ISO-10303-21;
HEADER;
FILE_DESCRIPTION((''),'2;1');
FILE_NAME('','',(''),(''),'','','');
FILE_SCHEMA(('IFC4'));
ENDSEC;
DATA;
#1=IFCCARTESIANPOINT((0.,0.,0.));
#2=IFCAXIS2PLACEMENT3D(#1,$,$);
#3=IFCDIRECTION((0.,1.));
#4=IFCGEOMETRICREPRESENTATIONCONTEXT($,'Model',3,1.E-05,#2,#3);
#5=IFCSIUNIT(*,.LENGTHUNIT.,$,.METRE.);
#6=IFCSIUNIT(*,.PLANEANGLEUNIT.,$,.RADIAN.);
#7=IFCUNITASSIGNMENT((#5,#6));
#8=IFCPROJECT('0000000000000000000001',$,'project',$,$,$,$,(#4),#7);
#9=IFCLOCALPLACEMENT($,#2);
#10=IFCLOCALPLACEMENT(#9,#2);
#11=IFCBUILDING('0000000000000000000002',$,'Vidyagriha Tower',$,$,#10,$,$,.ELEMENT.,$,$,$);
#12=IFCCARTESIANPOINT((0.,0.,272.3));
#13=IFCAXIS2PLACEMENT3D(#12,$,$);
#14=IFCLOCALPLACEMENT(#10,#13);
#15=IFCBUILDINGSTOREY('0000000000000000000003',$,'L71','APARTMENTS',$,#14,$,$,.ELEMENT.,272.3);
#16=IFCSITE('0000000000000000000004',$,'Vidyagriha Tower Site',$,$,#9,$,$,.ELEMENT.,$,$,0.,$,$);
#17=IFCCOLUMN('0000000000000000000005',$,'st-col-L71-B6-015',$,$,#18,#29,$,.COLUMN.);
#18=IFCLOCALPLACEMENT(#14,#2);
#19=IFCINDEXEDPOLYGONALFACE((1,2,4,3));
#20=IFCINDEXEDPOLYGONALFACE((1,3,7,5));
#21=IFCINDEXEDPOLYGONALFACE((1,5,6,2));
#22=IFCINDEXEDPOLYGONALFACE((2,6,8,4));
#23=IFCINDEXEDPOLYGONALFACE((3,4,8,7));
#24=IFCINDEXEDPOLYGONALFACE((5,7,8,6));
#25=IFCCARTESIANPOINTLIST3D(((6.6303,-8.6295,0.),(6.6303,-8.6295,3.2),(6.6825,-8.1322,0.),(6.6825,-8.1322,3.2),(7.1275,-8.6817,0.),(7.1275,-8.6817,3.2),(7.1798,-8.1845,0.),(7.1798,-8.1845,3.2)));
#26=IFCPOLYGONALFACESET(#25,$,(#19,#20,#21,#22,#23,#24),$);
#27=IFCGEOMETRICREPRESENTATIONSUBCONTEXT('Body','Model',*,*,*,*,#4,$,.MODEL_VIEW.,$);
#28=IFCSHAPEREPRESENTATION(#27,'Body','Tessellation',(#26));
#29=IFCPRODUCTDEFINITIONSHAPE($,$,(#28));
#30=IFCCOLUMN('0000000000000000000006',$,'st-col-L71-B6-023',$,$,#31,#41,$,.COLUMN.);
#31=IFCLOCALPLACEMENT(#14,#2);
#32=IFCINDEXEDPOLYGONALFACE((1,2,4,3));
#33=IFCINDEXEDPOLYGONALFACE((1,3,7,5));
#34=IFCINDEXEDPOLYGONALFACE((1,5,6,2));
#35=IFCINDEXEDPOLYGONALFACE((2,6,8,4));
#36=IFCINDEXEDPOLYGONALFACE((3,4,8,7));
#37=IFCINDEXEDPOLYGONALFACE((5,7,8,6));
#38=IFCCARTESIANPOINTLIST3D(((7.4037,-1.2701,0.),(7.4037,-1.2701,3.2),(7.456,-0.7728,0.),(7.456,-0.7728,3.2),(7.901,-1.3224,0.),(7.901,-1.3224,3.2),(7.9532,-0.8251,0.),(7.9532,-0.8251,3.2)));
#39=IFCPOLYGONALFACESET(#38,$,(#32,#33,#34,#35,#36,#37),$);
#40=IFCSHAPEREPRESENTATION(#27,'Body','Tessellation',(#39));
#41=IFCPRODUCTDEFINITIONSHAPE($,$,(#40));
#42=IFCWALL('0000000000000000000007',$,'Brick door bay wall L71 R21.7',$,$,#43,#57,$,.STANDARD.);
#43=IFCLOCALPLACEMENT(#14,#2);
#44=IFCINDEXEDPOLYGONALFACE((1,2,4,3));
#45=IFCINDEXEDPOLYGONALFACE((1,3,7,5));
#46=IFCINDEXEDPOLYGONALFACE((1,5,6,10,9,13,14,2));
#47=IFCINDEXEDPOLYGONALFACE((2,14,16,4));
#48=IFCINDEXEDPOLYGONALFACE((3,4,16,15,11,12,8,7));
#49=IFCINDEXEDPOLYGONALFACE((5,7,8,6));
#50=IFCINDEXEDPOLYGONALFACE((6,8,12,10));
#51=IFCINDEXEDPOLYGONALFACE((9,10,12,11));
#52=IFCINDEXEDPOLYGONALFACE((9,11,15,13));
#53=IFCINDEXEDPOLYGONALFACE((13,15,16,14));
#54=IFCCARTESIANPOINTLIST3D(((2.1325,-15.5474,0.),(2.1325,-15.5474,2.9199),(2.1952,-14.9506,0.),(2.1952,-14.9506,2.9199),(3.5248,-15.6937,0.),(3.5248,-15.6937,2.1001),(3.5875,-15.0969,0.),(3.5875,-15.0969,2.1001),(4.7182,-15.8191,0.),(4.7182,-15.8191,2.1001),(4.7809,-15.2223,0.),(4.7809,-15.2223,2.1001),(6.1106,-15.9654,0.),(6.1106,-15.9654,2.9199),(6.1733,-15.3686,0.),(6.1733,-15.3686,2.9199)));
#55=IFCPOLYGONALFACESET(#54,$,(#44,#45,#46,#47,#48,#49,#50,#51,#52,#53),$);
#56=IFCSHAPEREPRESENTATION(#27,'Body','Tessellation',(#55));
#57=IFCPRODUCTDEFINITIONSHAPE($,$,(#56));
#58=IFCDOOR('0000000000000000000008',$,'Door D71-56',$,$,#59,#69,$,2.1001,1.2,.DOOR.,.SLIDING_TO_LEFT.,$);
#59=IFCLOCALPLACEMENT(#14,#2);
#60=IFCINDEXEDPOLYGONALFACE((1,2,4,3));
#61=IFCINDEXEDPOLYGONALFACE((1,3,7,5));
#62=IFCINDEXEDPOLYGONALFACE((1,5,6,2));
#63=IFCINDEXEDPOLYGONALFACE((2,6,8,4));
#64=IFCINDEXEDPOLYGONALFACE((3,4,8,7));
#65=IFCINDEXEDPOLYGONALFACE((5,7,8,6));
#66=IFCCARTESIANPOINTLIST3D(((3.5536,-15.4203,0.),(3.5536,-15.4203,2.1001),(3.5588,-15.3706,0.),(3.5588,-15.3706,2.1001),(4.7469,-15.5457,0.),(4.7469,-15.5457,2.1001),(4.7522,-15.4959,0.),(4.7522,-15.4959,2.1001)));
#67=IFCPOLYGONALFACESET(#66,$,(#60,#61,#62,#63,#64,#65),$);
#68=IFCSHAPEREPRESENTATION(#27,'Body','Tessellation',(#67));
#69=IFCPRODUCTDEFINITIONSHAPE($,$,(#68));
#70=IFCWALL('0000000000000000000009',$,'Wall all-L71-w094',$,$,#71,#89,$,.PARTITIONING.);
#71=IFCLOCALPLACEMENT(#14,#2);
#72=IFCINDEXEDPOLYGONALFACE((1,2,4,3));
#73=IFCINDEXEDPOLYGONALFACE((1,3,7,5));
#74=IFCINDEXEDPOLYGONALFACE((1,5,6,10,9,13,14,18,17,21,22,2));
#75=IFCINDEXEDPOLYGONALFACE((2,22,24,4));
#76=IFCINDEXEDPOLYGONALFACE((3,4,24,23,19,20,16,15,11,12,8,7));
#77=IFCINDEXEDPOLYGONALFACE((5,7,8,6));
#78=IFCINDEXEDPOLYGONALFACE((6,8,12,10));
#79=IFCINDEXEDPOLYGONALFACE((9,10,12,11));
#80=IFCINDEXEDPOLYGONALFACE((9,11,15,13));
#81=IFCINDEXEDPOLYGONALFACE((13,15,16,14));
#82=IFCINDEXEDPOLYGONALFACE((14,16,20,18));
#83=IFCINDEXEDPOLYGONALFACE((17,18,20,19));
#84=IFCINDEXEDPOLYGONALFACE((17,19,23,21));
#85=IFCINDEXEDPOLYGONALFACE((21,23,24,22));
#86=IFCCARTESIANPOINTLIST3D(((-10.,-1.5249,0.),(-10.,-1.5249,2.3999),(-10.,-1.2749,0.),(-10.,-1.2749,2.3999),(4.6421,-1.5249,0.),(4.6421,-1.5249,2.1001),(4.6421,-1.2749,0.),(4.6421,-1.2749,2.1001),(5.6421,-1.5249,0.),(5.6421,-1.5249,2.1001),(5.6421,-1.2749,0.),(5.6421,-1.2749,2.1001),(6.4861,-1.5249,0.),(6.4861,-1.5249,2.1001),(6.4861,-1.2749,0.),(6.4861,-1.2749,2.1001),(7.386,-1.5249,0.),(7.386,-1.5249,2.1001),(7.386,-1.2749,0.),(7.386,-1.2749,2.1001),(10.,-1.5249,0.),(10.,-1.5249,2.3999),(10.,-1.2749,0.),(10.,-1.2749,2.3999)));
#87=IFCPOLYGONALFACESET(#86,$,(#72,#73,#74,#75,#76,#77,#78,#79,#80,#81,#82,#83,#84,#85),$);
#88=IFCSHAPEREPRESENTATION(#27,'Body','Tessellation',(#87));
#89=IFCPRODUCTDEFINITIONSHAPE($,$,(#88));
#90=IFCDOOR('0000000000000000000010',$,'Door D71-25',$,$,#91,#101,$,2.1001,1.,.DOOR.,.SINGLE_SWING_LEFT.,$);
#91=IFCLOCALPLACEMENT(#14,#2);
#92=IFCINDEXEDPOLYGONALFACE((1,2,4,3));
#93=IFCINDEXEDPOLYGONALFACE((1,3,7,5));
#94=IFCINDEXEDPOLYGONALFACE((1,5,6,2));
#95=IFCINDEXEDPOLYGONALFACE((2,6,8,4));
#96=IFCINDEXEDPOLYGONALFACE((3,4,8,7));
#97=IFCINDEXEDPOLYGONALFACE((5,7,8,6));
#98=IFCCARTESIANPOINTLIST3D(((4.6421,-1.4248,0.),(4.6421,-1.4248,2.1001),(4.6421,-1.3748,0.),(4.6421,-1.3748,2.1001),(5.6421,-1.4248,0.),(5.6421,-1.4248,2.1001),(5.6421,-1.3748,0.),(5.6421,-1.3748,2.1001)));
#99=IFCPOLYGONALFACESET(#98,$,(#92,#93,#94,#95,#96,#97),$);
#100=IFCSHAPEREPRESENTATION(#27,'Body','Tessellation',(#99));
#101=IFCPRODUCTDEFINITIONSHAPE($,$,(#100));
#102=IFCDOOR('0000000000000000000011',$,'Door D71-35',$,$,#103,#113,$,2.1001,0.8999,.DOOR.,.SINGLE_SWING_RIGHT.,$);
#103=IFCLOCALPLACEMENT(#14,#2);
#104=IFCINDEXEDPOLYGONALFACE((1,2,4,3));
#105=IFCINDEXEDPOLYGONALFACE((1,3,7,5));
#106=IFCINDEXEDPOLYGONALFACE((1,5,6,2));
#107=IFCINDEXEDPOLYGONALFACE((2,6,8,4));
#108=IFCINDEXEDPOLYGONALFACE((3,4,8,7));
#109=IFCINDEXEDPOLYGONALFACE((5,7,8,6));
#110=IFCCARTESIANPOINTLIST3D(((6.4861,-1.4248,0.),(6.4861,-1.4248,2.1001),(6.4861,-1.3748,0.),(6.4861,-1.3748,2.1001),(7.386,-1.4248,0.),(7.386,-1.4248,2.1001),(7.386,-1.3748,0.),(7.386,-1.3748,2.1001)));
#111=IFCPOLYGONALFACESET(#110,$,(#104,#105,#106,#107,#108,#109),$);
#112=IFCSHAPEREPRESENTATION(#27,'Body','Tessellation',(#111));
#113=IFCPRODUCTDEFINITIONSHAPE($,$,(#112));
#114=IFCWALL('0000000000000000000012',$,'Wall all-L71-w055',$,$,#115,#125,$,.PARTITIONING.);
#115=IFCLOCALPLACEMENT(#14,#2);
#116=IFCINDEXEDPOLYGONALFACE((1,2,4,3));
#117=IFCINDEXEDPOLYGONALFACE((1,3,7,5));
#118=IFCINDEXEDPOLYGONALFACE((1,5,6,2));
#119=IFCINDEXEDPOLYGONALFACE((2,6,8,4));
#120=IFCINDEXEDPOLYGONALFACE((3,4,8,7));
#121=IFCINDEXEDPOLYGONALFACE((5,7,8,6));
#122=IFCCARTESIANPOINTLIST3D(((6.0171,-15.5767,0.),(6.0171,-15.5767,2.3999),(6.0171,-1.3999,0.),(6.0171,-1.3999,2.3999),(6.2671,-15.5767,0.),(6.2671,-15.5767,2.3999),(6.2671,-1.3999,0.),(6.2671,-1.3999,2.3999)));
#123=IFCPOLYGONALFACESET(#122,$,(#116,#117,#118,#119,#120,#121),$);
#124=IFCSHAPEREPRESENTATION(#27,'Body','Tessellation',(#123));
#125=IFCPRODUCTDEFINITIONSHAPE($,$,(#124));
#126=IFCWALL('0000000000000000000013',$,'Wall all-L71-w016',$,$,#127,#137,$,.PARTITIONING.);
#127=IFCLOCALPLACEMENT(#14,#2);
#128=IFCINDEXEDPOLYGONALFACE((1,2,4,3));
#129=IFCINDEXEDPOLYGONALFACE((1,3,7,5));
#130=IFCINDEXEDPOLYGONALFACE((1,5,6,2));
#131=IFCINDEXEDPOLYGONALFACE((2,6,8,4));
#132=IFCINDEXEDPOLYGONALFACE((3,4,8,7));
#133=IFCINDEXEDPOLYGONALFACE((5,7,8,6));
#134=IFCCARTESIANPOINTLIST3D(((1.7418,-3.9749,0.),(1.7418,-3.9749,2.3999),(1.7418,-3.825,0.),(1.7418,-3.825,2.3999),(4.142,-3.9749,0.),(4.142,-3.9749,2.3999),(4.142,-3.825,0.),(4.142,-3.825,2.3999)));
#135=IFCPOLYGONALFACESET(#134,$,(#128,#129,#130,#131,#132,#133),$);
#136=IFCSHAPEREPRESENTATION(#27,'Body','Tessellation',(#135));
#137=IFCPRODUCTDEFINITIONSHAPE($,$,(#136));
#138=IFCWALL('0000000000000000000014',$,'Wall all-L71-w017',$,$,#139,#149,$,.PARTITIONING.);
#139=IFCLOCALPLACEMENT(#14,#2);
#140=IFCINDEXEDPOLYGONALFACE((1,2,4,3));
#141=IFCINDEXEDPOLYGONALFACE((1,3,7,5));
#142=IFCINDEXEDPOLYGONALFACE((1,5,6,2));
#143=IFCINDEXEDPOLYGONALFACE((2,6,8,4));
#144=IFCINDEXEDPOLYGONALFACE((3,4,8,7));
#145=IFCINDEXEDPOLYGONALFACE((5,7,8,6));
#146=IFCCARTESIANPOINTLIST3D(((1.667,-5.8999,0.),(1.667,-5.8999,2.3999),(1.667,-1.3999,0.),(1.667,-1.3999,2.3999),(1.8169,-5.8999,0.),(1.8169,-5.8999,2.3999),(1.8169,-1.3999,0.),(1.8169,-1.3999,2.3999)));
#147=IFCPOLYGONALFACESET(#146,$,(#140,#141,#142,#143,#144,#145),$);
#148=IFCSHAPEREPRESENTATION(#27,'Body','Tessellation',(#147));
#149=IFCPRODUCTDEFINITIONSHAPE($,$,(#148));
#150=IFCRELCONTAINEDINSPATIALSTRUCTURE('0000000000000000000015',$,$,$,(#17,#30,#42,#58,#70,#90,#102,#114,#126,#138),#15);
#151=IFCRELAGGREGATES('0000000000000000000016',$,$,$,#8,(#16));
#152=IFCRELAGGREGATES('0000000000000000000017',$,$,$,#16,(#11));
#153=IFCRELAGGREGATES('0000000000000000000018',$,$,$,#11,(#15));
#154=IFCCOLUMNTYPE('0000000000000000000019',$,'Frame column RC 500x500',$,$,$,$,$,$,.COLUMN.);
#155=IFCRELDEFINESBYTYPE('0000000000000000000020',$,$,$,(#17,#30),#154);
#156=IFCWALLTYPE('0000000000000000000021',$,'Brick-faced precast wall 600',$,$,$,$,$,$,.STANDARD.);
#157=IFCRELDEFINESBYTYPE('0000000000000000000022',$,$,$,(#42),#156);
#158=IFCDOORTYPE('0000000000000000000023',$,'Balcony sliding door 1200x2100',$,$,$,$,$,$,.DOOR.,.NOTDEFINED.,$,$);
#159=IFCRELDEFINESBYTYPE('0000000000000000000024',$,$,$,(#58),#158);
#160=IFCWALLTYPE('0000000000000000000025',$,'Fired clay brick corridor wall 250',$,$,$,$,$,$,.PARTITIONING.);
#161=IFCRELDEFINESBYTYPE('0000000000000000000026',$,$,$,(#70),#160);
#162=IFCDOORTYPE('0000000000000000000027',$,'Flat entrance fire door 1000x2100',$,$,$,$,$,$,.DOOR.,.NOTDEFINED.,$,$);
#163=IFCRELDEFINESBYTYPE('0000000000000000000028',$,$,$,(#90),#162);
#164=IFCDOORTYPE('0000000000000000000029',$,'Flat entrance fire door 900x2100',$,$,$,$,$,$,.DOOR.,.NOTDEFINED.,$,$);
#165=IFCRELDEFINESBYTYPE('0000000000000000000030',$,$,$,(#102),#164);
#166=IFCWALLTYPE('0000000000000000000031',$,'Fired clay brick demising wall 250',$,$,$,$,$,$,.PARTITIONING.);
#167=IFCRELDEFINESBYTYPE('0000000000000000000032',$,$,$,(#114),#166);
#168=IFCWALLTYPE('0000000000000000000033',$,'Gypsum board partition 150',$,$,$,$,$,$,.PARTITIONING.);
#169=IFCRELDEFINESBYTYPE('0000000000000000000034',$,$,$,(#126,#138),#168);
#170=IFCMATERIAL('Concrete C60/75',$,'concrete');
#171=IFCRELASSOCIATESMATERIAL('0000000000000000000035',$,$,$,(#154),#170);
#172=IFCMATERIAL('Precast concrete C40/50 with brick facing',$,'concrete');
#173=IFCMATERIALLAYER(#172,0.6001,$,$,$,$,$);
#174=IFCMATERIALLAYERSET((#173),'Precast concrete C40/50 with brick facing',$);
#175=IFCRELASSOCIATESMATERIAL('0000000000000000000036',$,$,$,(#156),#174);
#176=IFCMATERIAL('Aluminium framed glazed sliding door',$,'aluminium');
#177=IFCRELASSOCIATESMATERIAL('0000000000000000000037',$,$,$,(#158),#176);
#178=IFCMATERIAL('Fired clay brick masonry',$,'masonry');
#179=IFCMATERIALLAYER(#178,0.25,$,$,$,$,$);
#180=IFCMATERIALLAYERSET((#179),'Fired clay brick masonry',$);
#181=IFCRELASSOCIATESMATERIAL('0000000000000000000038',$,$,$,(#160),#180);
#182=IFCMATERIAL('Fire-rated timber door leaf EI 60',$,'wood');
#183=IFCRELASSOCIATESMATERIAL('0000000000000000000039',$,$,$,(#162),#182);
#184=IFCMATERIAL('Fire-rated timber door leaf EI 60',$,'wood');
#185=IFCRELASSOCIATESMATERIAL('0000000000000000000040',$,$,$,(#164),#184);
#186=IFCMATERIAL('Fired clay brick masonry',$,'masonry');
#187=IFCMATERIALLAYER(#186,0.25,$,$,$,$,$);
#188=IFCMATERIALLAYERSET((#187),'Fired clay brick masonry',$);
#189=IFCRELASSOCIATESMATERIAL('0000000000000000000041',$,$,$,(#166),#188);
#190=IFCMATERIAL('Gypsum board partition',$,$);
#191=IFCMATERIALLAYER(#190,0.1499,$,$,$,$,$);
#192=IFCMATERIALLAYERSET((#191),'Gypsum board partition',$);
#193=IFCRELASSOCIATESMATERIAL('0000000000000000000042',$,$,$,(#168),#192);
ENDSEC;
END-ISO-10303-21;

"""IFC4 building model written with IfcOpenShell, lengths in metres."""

from ifc_helpers import new_model, si_unit, direction, frame, frame_2d, origin, origin_2d, place, context, subcontext, project, spatial, rectangle, extrude, material, layer, layer_set, material_profile, profile_set, type_object, element, fill, save


model = new_model("IFC4")

# Units and contexts
model_context = context("Model", 3, precision=1e-05, world=origin(), true_north=direction((0.0, 1.0)))
body_context = subcontext(model_context, "Body", "Model", "MODEL_VIEW")
ifc_project = project(units=[si_unit("LENGTHUNIT", "METRE"), si_unit("PLANEANGLEUNIT", "RADIAN")], contexts=[model_context])

# Site, building, storey
site_placement = place(None, origin())
site = spatial("IfcSite", under=ifc_project, at=site_placement, Name="Vidyagriha Tower Site", CompositionType="ELEMENT", RefElevation=0.0)
building_placement = place(site_placement, origin())
building = spatial("IfcBuilding", under=site, at=building_placement, Name="Vidyagriha Tower", CompositionType="ELEMENT")
storey_placement = place(building_placement, frame((0.0, 0.0, 272.3)))
storey = spatial("IfcBuildingStorey", under=building, at=storey_placement, Name="L71", Description="APARTMENTS", CompositionType="ELEMENT", Elevation=272.3)

# Columns
ifc_material_1 = material(Name="Concrete C60/75", Category="concrete")
ifc_material_profile = material_profile(ifc_material_1, rectangle(XDim=0.5, YDim=0.5, at=origin_2d()), Name="RC 500x500")
ifc_profile_set = profile_set([ifc_material_profile], Name="Concrete C60/75")
column_type = type_object("IfcColumnType", Name="Frame column RC 500x500", PredefinedType="COLUMN", material=ifc_profile_set)
for number, where, z_axis, x_axis, name in (
    (1, (6.905, -8.407, 0.0), (0.0, 0.0, 1.0), (0.994522, -0.104528, 0.0), "st-col-L71-B6-015"),
    (2, (7.6785, -1.0476, 0.0), (0.0, 0.0, 1.0), (0.994522, -0.104528, 0.0), "st-col-L71-B6-023"),
):
    element("IfcColumn", number, at=place(storey_placement, frame(where, z_axis=z_axis, x_axis=x_axis)), inside=storey, type_object=column_type, Name=name, PredefinedType="COLUMN", context=body_context, shape_type="SweptSolid", body=[
        extrude(rectangle(XDim=0.5, YDim=0.5, at=origin_2d()), origin(), (0.0, 0.0, 1.0), 3.2),
    ])

# Wall, opening, door
ifc_material_2 = material(Name="Precast concrete C40/50 with brick facing", Category="concrete")
ifc_layer_1 = layer(ifc_material_2, 0.6001)
ifc_layer_set_1 = layer_set([ifc_layer_1], Name="Precast concrete C40/50 with brick facing")
wall_type_1 = type_object("IfcWallType", Name="Brick-faced precast wall 600", PredefinedType="STANDARD", material=ifc_layer_set_1)
wall_1_placement = place(storey_placement, frame((2.1638, -15.249, 0.0), z_axis=(0.0, 0.0, 1.0), x_axis=(0.994526, -0.104494, 0.0)))
wall_1 = element("IfcWall", 3, at=wall_1_placement, inside=storey, type_object=wall_type_1, Name="Brick door bay wall L71 R21.7", PredefinedType="STANDARD", context=body_context, shape_type="SweptSolid", body=[
    extrude(rectangle(XDim=4.0, YDim=0.6001, at=frame_2d((2.0, 0.0))), origin(), (0.0, 0.0, 1.0), 2.9199),
])
opening_1_placement = place(wall_1_placement, frame((1.3999, 0.0, 0.0)))
opening_1 = element("IfcOpeningElement", 4, at=opening_1_placement, cuts=wall_1, PredefinedType="OPENING", context=body_context, shape_type="SweptSolid", body=[
    extrude(rectangle(XDim=1.2, YDim=2.1001, at=frame_2d((0.6001, 1.05))), frame((0.0, 0.3101, 0.0), z_axis=(0.0, -1.0, 0.0), x_axis=(1.0, 0.0, 0.0)), (0.0, 0.0, 1.0), 0.6201),
])
ifc_material_3 = material(Name="Aluminium framed glazed sliding door", Category="aluminium")
door_type_1 = type_object("IfcDoorType", Name="Balcony sliding door 1200x2100", OperationType="NOTDEFINED", PredefinedType="DOOR", material=ifc_material_3)
door_1_placement = place(opening_1_placement, origin())
door_1 = element("IfcDoor", 5, at=door_1_placement, inside=storey, type_object=door_type_1, Name="Door D71-56", OperationType="SLIDING_TO_LEFT", OverallHeight=2.1001, OverallWidth=1.2, PredefinedType="DOOR", context=body_context, shape_type="SweptSolid", body=[
    extrude(rectangle(XDim=1.2, YDim=2.1001, at=frame_2d((0.6001, 1.05))), frame((0.0, 0.0249, 0.0), z_axis=(0.0, -1.0, 0.0), x_axis=(1.0, 0.0, 0.0)), (0.0, 0.0, 1.0), 0.05),
])
fill(opening_1, door_1)

# Wall, openings, doors
ifc_material_4 = material(Name="Fired clay brick masonry", Category="masonry")
ifc_layer_2 = layer(ifc_material_4, 0.25)
ifc_layer_set_2 = layer_set([ifc_layer_2], Name="Fired clay brick masonry")
wall_type_2 = type_object("IfcWallType", Name="Fired clay brick corridor wall 250", PredefinedType="PARTITIONING", material=ifc_layer_set_2)
wall_2_placement = place(storey_placement, frame((10.0, -1.3999, 0.0), z_axis=(0.0, 0.0, 1.0), x_axis=(-1.0, 0.0, 0.0)))
wall_2 = element("IfcWall", 6, at=wall_2_placement, inside=storey, type_object=wall_type_2, Name="Wall all-L71-w094", PredefinedType="PARTITIONING", context=body_context, shape_type="SweptSolid", body=[
    extrude(rectangle(XDim=20.0, YDim=0.25, at=frame_2d((10.0, 0.0))), origin(), (0.0, 0.0, 1.0), 2.3999),
])
opening_2_placement = place(wall_2_placement, frame((4.3579, 0.0, 0.0)))
opening_2 = element("IfcOpeningElement", 7, at=opening_2_placement, cuts=wall_2, PredefinedType="OPENING", context=body_context, shape_type="SweptSolid", body=[
    extrude(rectangle(XDim=1.0, YDim=2.1001, at=frame_2d((0.5, 1.05))), frame((0.0, 0.135, 0.0), z_axis=(0.0, -1.0, 0.0), x_axis=(1.0, 0.0, 0.0)), (0.0, 0.0, 1.0), 0.27),
])
opening_3_placement = place(wall_2_placement, frame((2.614, 0.0, 0.0)))
opening_3 = element("IfcOpeningElement", 8, at=opening_3_placement, cuts=wall_2, PredefinedType="OPENING", context=body_context, shape_type="SweptSolid", body=[
    extrude(rectangle(XDim=0.8999, YDim=2.1001, at=frame_2d((0.45, 1.05))), frame((0.0, 0.135, 0.0), z_axis=(0.0, -1.0, 0.0), x_axis=(1.0, 0.0, 0.0)), (0.0, 0.0, 1.0), 0.27),
])
ifc_material_5 = material(Name="Fire-rated timber door leaf EI 60", Category="wood")
door_type_2 = type_object("IfcDoorType", Name="Flat entrance fire door 1000x2100", OperationType="NOTDEFINED", PredefinedType="DOOR", material=ifc_material_5)
door_2_placement = place(opening_2_placement, origin())
door_2 = element("IfcDoor", 9, at=door_2_placement, inside=storey, type_object=door_type_2, Name="Door D71-25", OperationType="SINGLE_SWING_LEFT", OverallHeight=2.1001, OverallWidth=1.0, PredefinedType="DOOR", context=body_context, shape_type="SweptSolid", body=[
    extrude(rectangle(XDim=1.0, YDim=2.1001, at=frame_2d((0.5, 1.05))), frame((0.0, 0.0249, 0.0), z_axis=(0.0, -1.0, 0.0), x_axis=(1.0, 0.0, 0.0)), (0.0, 0.0, 1.0), 0.05),
])
fill(opening_2, door_2)
ifc_material_6 = material(Name="Fire-rated timber door leaf EI 60", Category="wood")
door_type_3 = type_object("IfcDoorType", Name="Flat entrance fire door 900x2100", OperationType="NOTDEFINED", PredefinedType="DOOR", material=ifc_material_6)
door_3_placement = place(opening_3_placement, origin())
door_3 = element("IfcDoor", 10, at=door_3_placement, inside=storey, type_object=door_type_3, Name="Door D71-35", OperationType="SINGLE_SWING_RIGHT", OverallHeight=2.1001, OverallWidth=0.8999, PredefinedType="DOOR", context=body_context, shape_type="SweptSolid", body=[
    extrude(rectangle(XDim=0.8999, YDim=2.1001, at=frame_2d((0.45, 1.05))), frame((0.0, 0.0249, 0.0), z_axis=(0.0, -1.0, 0.0), x_axis=(1.0, 0.0, 0.0)), (0.0, 0.0, 1.0), 0.05),
])
fill(opening_3, door_3)

# Walls
ifc_material_7 = material(Name="Fired clay brick masonry", Category="masonry")
ifc_layer_3 = layer(ifc_material_7, 0.25)
ifc_layer_set_3 = layer_set([ifc_layer_3], Name="Fired clay brick masonry")
wall_type_3 = type_object("IfcWallType", Name="Fired clay brick demising wall 250", PredefinedType="PARTITIONING", material=ifc_layer_set_3)
wall_3_placement = place(storey_placement, frame((6.1421, -1.3999, 0.0), z_axis=(0.0, 0.0, 1.0), x_axis=(0.0, -1.0, 0.0)))
element("IfcWall", 11, at=wall_3_placement, inside=storey, type_object=wall_type_3, Name="Wall all-L71-w055", PredefinedType="PARTITIONING", context=body_context, shape_type="SweptSolid", body=[
    extrude(rectangle(XDim=14.1768, YDim=0.25, at=frame_2d((7.0884, 0.0))), origin(), (0.0, 0.0, 1.0), 2.3999),
])
ifc_material_8 = material(Name="Gypsum board partition")
ifc_layer_4 = layer(ifc_material_8, 0.1499)
ifc_layer_set_4 = layer_set([ifc_layer_4], Name="Gypsum board partition")
wall_type_4 = type_object("IfcWallType", Name="Gypsum board partition 150", PredefinedType="PARTITIONING", material=ifc_layer_set_4)
wall_4_placement = place(storey_placement, frame((4.1421, -3.8999, 0.0), z_axis=(0.0, 0.0, 1.0), x_axis=(-1.0, 0.0, 0.0)))
element("IfcWall", 12, at=wall_4_placement, inside=storey, type_object=wall_type_4, Name="Wall all-L71-w016", PredefinedType="PARTITIONING", context=body_context, shape_type="SweptSolid", body=[
    extrude(rectangle(XDim=2.4001, YDim=0.1499, at=frame_2d((1.2002, 0.0))), origin(), (0.0, 0.0, 1.0), 2.3999),
])
wall_5_placement = place(storey_placement, frame((1.7419, -5.8999, 0.0), z_axis=(0.0, 0.0, 1.0), x_axis=(0.0, 1.0, 0.0)))
element("IfcWall", 13, at=wall_5_placement, inside=storey, type_object=wall_type_4, Name="Wall all-L71-w017", PredefinedType="PARTITIONING", context=body_context, shape_type="SweptSolid", body=[
    extrude(rectangle(XDim=4.5, YDim=0.1499, at=frame_2d((2.25, 0.0))), origin(), (0.0, 0.0, 1.0), 2.3999),
])

save(model, "model.ifc")
